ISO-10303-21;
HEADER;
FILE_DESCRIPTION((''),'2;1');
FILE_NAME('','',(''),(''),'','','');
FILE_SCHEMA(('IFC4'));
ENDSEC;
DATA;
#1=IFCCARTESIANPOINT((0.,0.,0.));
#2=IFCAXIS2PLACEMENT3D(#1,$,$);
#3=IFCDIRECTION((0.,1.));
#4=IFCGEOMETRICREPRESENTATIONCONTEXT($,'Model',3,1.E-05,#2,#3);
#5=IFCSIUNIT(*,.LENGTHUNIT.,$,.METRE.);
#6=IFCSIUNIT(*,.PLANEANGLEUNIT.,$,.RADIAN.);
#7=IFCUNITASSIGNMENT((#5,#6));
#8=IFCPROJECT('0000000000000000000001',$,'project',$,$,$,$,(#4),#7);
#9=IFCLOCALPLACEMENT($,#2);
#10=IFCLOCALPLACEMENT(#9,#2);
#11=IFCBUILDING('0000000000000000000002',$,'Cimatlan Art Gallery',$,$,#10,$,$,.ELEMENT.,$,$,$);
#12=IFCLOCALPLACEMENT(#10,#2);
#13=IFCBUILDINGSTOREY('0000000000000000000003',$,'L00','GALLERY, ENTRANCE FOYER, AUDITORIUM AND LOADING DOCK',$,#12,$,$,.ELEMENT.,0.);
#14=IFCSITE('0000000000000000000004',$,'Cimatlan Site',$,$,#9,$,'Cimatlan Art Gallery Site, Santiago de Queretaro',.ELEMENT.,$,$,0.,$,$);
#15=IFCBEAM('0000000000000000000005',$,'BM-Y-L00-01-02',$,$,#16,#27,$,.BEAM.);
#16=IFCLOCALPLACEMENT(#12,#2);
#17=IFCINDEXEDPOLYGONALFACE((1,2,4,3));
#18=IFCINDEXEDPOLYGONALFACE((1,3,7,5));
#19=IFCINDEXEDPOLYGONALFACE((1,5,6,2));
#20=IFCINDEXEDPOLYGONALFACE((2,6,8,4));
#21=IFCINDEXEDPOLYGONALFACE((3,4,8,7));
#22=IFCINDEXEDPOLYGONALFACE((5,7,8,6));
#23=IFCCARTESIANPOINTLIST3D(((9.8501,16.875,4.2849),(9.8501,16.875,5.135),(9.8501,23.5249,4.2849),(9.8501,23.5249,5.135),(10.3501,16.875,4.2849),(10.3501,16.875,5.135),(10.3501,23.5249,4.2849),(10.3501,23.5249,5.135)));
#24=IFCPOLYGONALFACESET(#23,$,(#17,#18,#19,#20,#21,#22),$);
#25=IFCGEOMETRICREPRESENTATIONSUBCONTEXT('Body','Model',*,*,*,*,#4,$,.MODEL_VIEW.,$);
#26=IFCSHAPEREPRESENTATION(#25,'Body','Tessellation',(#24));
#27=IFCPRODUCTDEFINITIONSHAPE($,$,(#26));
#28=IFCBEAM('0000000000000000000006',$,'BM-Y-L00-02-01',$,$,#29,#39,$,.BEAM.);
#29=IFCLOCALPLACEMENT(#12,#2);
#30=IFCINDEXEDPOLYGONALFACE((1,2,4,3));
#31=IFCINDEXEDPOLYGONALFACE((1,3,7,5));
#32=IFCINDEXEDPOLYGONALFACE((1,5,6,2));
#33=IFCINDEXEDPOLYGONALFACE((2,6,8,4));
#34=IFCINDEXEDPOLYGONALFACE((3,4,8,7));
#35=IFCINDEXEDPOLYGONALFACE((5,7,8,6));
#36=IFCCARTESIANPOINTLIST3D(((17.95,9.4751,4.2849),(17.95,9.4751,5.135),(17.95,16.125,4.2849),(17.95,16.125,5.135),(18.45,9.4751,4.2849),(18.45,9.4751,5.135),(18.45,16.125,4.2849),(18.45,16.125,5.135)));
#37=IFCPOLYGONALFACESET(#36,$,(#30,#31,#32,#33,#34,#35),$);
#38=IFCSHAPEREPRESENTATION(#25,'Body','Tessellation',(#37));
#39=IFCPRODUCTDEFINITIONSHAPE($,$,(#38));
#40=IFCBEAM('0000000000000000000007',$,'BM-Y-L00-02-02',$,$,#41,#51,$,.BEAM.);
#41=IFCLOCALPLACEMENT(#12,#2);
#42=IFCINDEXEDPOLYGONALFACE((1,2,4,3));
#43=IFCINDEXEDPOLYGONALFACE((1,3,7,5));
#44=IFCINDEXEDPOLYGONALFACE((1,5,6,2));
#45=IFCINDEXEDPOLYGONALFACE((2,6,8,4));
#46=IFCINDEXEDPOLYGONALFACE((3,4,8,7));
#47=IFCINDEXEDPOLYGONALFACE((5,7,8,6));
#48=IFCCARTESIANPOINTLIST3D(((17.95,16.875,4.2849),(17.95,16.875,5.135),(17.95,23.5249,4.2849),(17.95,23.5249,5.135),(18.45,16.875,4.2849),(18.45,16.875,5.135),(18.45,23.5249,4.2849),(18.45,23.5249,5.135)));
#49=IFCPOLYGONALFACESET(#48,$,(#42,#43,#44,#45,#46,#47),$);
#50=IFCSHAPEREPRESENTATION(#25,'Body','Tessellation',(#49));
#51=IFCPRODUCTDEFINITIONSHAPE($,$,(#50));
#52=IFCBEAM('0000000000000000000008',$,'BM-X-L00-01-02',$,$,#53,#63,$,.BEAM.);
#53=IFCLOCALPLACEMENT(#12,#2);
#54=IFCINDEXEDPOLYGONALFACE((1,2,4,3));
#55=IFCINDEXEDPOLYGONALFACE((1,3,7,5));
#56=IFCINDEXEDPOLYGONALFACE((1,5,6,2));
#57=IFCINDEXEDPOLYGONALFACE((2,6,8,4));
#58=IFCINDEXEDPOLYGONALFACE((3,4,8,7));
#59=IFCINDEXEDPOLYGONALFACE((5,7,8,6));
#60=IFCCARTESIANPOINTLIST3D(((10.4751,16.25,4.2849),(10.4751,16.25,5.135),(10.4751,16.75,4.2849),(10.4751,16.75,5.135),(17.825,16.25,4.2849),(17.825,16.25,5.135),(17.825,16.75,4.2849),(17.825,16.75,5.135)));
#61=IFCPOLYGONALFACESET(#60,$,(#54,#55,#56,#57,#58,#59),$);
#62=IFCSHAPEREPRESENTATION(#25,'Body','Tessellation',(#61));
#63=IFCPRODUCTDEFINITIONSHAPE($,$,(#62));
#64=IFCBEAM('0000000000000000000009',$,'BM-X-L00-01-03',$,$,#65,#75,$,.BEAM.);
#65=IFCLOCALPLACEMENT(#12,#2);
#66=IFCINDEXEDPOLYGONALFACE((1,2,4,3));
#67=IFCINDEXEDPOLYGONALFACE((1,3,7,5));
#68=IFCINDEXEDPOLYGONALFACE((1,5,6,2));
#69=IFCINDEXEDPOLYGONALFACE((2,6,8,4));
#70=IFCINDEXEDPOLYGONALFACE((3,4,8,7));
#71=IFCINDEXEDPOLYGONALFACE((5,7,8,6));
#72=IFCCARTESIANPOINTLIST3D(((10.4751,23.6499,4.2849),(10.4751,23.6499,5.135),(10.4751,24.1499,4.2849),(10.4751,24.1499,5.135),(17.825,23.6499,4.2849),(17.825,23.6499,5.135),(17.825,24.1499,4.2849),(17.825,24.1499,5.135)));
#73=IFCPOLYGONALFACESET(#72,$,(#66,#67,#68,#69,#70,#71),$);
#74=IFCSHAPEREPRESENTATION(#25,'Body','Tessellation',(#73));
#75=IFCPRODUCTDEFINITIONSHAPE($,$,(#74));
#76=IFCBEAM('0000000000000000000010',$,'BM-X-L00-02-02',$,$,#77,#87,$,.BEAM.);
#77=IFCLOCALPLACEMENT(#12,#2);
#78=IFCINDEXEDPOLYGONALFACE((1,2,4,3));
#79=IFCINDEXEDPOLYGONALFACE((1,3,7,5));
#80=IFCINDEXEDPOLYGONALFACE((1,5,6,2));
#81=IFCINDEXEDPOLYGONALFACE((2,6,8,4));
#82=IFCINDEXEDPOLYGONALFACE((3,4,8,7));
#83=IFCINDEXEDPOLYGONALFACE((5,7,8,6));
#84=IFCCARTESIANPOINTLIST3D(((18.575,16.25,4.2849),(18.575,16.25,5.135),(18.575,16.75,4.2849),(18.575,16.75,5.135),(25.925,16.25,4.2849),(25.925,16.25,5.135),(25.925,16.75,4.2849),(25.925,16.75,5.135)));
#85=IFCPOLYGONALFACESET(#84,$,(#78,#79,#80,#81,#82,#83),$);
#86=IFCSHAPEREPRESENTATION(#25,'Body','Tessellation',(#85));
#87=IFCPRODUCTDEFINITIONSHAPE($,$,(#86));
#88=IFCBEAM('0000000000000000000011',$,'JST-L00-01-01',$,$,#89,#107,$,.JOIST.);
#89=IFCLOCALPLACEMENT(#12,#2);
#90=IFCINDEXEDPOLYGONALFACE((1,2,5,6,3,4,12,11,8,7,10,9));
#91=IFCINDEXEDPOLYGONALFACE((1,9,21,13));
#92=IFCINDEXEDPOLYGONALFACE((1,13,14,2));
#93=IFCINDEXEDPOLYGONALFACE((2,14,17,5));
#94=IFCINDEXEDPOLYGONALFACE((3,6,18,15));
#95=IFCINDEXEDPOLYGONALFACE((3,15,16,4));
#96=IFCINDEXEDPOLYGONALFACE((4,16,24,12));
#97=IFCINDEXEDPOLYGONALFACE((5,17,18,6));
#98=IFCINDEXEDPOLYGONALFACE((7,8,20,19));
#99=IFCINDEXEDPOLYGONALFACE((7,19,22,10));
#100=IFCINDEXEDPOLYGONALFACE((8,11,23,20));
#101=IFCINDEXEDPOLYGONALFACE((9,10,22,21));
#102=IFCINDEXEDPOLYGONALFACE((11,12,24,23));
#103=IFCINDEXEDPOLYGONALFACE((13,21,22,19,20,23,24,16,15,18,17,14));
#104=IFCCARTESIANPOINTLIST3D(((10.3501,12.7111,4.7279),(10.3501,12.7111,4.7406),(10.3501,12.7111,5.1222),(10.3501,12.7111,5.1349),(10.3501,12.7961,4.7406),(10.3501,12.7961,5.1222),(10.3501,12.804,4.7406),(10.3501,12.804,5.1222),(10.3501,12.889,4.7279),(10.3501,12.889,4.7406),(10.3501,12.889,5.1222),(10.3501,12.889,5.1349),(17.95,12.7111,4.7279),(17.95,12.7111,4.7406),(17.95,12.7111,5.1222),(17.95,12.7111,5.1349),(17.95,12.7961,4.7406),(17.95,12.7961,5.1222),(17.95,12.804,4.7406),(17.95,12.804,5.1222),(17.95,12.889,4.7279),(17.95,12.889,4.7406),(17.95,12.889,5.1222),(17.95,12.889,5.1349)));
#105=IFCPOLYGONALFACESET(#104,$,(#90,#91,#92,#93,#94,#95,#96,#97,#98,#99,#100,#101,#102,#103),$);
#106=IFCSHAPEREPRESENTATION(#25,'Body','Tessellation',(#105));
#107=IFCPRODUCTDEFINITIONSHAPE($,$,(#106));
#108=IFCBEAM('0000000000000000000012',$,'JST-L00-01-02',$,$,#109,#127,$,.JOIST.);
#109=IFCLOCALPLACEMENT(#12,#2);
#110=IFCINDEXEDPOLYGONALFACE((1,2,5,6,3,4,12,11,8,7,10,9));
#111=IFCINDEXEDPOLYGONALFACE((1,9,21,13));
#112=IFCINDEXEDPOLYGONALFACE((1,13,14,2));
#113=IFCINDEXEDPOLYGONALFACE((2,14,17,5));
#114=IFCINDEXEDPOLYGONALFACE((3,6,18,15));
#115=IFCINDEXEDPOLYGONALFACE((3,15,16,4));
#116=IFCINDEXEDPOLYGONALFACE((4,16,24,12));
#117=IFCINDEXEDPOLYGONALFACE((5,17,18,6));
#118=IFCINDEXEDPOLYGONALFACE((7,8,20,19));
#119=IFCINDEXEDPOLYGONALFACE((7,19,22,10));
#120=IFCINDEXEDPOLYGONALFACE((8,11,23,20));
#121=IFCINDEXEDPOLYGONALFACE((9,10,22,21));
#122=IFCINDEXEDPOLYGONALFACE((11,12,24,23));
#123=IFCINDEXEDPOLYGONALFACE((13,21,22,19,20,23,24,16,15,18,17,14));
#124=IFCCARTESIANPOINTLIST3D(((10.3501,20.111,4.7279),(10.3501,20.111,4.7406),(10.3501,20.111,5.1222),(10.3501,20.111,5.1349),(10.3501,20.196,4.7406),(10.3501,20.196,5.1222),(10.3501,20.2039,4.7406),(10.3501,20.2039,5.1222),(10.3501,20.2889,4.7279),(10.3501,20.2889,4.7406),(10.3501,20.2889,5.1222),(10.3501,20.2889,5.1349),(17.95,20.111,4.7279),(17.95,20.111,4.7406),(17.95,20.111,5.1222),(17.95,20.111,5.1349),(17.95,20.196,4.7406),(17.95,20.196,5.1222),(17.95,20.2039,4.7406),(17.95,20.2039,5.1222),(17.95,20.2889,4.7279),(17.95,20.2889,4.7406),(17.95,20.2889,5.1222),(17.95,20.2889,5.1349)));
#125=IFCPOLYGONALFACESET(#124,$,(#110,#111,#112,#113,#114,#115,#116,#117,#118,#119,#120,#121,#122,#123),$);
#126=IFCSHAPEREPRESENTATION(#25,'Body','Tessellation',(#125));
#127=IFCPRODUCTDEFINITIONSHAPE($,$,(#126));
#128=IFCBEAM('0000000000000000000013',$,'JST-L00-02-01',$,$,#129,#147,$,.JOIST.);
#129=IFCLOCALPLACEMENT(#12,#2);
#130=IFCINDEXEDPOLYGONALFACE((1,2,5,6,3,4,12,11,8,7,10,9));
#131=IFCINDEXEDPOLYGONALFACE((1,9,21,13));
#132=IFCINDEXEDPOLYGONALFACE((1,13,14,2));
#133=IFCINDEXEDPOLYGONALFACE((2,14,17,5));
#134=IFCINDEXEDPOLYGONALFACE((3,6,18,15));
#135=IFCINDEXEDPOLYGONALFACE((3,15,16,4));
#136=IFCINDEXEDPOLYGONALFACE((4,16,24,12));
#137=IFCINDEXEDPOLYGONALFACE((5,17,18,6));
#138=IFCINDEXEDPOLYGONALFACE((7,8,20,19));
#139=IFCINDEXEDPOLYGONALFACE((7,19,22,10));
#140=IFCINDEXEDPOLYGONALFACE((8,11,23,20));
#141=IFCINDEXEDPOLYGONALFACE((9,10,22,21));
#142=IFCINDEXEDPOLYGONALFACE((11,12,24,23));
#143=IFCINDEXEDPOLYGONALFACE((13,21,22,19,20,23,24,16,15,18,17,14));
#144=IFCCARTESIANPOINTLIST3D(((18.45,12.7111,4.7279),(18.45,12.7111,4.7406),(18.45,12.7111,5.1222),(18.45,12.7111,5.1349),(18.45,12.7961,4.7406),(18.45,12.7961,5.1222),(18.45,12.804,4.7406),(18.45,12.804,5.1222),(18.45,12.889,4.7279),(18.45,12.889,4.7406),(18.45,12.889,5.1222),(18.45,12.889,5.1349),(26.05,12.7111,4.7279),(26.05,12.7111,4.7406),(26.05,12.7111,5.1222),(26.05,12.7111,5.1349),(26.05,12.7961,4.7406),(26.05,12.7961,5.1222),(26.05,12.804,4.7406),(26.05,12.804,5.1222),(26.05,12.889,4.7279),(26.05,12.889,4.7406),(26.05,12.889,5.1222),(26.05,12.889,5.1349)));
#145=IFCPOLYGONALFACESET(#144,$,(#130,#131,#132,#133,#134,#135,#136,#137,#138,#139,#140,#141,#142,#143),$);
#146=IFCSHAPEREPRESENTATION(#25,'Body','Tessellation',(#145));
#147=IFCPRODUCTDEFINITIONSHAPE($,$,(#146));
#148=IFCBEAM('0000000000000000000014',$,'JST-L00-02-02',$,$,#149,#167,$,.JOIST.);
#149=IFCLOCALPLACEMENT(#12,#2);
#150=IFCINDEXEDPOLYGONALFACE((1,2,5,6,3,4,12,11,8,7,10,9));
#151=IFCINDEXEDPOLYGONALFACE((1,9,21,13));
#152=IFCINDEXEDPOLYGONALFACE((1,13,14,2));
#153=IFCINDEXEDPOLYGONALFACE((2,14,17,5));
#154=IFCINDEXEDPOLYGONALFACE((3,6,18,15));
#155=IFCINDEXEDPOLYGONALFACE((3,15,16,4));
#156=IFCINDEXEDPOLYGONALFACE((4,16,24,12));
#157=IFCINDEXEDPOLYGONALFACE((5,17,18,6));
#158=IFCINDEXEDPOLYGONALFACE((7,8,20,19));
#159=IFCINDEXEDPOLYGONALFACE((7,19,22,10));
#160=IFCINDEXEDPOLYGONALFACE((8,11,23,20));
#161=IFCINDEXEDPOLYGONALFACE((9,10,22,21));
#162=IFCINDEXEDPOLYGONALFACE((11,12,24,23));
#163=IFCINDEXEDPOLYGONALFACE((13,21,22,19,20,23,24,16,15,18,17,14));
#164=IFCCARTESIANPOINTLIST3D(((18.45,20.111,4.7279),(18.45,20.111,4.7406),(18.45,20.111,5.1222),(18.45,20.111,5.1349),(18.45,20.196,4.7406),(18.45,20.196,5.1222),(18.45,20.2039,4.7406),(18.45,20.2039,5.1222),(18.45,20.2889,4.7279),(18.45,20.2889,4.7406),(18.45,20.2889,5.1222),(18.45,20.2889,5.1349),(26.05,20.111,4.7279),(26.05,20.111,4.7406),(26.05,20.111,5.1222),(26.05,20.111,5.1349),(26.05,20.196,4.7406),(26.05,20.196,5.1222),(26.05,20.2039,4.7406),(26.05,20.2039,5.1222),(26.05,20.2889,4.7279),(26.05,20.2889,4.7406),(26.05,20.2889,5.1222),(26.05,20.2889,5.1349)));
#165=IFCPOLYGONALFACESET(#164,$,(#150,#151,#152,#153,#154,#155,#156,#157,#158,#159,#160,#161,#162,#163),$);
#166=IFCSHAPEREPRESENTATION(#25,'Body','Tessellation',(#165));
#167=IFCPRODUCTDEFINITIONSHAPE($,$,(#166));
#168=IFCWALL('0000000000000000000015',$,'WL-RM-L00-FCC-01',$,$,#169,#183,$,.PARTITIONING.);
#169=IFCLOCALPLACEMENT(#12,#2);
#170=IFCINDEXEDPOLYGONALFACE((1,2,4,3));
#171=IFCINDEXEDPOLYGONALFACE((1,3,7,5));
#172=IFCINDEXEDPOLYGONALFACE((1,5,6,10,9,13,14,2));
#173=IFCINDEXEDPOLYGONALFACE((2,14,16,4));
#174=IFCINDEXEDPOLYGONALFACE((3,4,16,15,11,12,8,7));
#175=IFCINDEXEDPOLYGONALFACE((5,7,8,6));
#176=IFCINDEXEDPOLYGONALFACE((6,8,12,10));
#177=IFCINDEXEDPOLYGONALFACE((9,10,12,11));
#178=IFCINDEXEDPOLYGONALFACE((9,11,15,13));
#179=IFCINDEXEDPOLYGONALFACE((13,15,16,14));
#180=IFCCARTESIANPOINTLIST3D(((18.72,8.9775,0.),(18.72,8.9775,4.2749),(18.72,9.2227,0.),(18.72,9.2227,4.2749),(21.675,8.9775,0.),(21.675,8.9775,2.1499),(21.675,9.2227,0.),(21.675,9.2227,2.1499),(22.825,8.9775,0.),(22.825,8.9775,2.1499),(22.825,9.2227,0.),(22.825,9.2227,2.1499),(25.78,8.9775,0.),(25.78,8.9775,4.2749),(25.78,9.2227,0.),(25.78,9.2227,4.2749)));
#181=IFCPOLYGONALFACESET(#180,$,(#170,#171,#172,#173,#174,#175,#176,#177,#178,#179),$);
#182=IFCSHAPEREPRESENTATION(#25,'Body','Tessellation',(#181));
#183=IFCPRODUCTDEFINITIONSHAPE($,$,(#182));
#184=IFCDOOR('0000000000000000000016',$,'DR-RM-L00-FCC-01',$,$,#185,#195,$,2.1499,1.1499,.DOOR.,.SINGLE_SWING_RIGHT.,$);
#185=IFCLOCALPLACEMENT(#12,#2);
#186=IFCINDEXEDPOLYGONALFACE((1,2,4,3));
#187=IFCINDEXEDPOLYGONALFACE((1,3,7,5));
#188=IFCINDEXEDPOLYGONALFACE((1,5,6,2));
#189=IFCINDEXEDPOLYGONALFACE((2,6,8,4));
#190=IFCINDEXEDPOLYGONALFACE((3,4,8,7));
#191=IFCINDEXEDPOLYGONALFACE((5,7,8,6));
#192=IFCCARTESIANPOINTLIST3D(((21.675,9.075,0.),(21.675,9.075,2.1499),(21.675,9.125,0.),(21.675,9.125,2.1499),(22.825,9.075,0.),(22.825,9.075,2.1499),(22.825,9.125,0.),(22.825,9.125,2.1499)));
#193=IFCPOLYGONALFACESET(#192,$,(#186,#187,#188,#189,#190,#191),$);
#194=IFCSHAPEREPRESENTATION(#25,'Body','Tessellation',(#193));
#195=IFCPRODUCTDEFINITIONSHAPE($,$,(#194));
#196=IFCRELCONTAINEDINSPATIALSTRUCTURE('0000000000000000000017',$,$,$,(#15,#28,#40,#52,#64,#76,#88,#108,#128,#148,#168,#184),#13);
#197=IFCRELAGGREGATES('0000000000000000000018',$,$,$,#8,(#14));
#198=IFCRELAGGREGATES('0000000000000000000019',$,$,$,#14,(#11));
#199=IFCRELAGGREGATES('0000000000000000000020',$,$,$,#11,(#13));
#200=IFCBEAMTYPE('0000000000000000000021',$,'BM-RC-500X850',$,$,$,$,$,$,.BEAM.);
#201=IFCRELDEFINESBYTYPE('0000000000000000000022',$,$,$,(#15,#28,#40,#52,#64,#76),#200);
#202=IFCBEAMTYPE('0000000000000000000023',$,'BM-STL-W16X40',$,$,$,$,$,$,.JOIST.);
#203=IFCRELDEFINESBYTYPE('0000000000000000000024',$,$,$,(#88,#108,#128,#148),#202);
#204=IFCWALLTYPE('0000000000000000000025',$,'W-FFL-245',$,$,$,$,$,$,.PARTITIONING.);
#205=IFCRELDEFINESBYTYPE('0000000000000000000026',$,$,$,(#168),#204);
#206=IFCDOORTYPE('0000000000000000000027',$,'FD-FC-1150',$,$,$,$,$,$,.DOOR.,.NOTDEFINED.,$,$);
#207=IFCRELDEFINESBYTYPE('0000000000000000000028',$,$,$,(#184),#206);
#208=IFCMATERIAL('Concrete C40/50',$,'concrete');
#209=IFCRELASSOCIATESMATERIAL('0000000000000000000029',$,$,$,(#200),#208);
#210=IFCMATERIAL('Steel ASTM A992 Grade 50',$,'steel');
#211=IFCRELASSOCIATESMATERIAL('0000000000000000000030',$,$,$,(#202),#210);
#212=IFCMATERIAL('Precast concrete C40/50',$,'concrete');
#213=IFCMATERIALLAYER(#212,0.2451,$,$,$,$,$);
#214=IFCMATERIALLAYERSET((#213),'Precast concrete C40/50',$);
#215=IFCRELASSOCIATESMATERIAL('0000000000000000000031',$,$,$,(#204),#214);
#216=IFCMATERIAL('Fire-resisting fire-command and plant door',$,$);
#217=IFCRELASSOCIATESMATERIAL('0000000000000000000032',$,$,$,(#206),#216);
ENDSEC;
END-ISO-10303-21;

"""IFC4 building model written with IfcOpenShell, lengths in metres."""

from ifc_helpers import new_model, si_unit, direction, frame, frame_2d, origin, origin_2d, place, context, subcontext, project, spatial, rectangle, i_section, extrude, material, layer, layer_set, material_profile, profile_set, type_object, element, fill, save


model = new_model("IFC4")

# Units and contexts
model_context = context("Model", 3, precision=1e-05, world=origin(), true_north=direction((0.0, 1.0)))
body_context = subcontext(model_context, "Body", "Model", "MODEL_VIEW")
ifc_project = project(units=[si_unit("LENGTHUNIT", "METRE"), si_unit("PLANEANGLEUNIT", "RADIAN")], contexts=[model_context])

# Site, building, storey
site_placement = place(None, origin())
site = spatial("IfcSite", under=ifc_project, at=site_placement, Name="Cimatlan Site", LongName="Cimatlan Art Gallery Site, Santiago de Queretaro", CompositionType="ELEMENT", RefElevation=0.0)
building_placement = place(site_placement, origin())
building = spatial("IfcBuilding", under=site, at=building_placement, Name="Cimatlan Art Gallery", CompositionType="ELEMENT")
storey_placement = place(building_placement, origin())
storey = spatial("IfcBuildingStorey", under=building, at=storey_placement, Name="L00", Description="GALLERY, ENTRANCE FOYER, AUDITORIUM AND LOADING DOCK", CompositionType="ELEMENT", Elevation=0.0)

# Shared definitions
ifc_material_1 = material(Name="Concrete C40/50", Category="concrete")

# Beams
ifc_material_profile_1 = material_profile(ifc_material_1, rectangle(XDim=0.5, YDim=0.8501, at=origin_2d()), Name="RC500X850")
ifc_profile_set_1 = profile_set([ifc_material_profile_1], Name="Concrete C40/50")
beam_type_1 = type_object("IfcBeamType", Name="BM-RC-500X850", PredefinedType="BEAM", material=ifc_profile_set_1)
for number, where, z_axis, x_axis, name in (
    (1, (10.1001, 16.875, 4.71), (0.0, 1.0, 0.0), (-1.0, 0.0, 0.0), "BM-Y-L00-01-02"),
    (2, (18.2, 9.4751, 4.71), (0.0, 1.0, 0.0), (-1.0, 0.0, 0.0), "BM-Y-L00-02-01"),
    (3, (18.2, 16.875, 4.71), (0.0, 1.0, 0.0), (-1.0, 0.0, 0.0), "BM-Y-L00-02-02"),
):
    element("IfcBeam", number, at=place(storey_placement, frame(where, z_axis=z_axis, x_axis=x_axis)), inside=storey, type_object=beam_type_1, Name=name, PredefinedType="BEAM", context=body_context, shape_type="SweptSolid", body=[
        extrude(rectangle(XDim=0.5, YDim=0.8501, at=origin_2d()), origin(), (0.0, 0.0, 1.0), 6.6499),
    ])
for number, where, z_axis, x_axis, name in (
    (4, (10.4751, 16.5, 4.71), (1.0, 0.0, 0.0), (0.0, 1.0, 0.0), "BM-X-L00-01-02"),
    (5, (10.4751, 23.8999, 4.71), (1.0, 0.0, 0.0), (0.0, 1.0, 0.0), "BM-X-L00-01-03"),
):
    element("IfcBeam", number, at=place(storey_placement, frame(where, z_axis=z_axis, x_axis=x_axis)), inside=storey, type_object=beam_type_1, Name=name, PredefinedType="BEAM", context=body_context, shape_type="SweptSolid", body=[
        extrude(rectangle(XDim=0.5, YDim=0.8501, at=origin_2d()), origin(), (0.0, 0.0, 1.0), 7.3499),
    ])
beam_placement = place(storey_placement, frame((18.575, 16.5, 4.71), z_axis=(1.0, 0.0, 0.0), x_axis=(0.0, 1.0, 0.0)))
element("IfcBeam", 6, at=beam_placement, inside=storey, type_object=beam_type_1, Name="BM-X-L00-02-02", PredefinedType="BEAM", context=body_context, shape_type="SweptSolid", body=[
    extrude(rectangle(XDim=0.5, YDim=0.8501, at=origin_2d()), origin(), (0.0, 0.0, 1.0), 7.3501),
])
ifc_material_2 = material(Name="Steel ASTM A992 Grade 50", Category="steel")
ifc_material_profile_2 = material_profile(ifc_material_2, i_section(OverallWidth=0.178, OverallDepth=0.407, WebThickness=0.0078, FlangeThickness=0.0127, at=origin_2d()), Name="W16X40")
ifc_profile_set_2 = profile_set([ifc_material_profile_2], Name="Steel ASTM A992 Grade 50")
beam_type_2 = type_object("IfcBeamType", Name="BM-STL-W16X40", PredefinedType="JOIST", material=ifc_profile_set_2)
for number, where, z_axis, x_axis, name in (
    (7, (10.3501, 12.8, 4.9314), (1.0, 0.0, 0.0), (0.0, 1.0, 0.0), "JST-L00-01-01"),
    (8, (10.3501, 20.2, 4.9314), (1.0, 0.0, 0.0), (0.0, 1.0, 0.0), "JST-L00-01-02"),
):
    element("IfcBeam", number, at=place(storey_placement, frame(where, z_axis=z_axis, x_axis=x_axis)), inside=storey, type_object=beam_type_2, Name=name, PredefinedType="JOIST", context=body_context, shape_type="SweptSolid", body=[
        extrude(i_section(OverallWidth=0.178, OverallDepth=0.407, WebThickness=0.0078, FlangeThickness=0.0127, at=origin_2d()), origin(), (0.0, 0.0, 1.0), 7.5999),
    ])
for number, where, z_axis, x_axis, name in (
    (9, (18.45, 12.8, 4.9314), (1.0, 0.0, 0.0), (0.0, 1.0, 0.0), "JST-L00-02-01"),
    (10, (18.45, 20.2, 4.9314), (1.0, 0.0, 0.0), (0.0, 1.0, 0.0), "JST-L00-02-02"),
):
    element("IfcBeam", number, at=place(storey_placement, frame(where, z_axis=z_axis, x_axis=x_axis)), inside=storey, type_object=beam_type_2, Name=name, PredefinedType="JOIST", context=body_context, shape_type="SweptSolid", body=[
        extrude(i_section(OverallWidth=0.178, OverallDepth=0.407, WebThickness=0.0078, FlangeThickness=0.0127, at=origin_2d()), origin(), (0.0, 0.0, 1.0), 7.6001),
    ])

# Wall, opening, door
ifc_material_3 = material(Name="Precast concrete C40/50", Category="concrete")
ifc_layer_1 = layer(ifc_material_3, 0.2451)
ifc_layer_set_1 = layer_set([ifc_layer_1], Name="Precast concrete C40/50")
wall_type_1 = type_object("IfcWallType", Name="W-FFL-245", PredefinedType="PARTITIONING", material=ifc_layer_set_1)
wall_1_placement = place(storey_placement, frame((18.72, 9.1001, 0.0), z_axis=(0.0, 0.0, 1.0), x_axis=(1.0, 0.0, 0.0)))
wall_1 = element("IfcWall", 11, at=wall_1_placement, inside=storey, type_object=wall_type_1, Name="WL-RM-L00-FCC-01", PredefinedType="PARTITIONING", context=body_context, shape_type="SweptSolid", body=[
    extrude(rectangle(XDim=7.0601, YDim=0.2451, at=frame_2d((3.53, 0.0))), origin(), (0.0, 0.0, 1.0), 4.2749),
])
opening_1_placement = place(wall_1_placement, frame((2.9551, 0.0, 0.0)))
opening_1 = element("IfcOpeningElement", 12, at=opening_1_placement, cuts=wall_1, PredefinedType="OPENING", context=body_context, shape_type="SweptSolid", body=[
    extrude(rectangle(XDim=1.1499, YDim=2.1499, at=frame_2d((0.575, 1.075))), frame((0.0, 0.1326, 0.0), z_axis=(0.0, -1.0, 0.0), x_axis=(1.0, 0.0, 0.0)), (0.0, 0.0, 1.0), 0.2651),
])
ifc_material_4 = material(Name="Fire-resisting fire-command and plant door")
door_type_1 = type_object("IfcDoorType", Name="FD-FC-1150", OperationType="NOTDEFINED", PredefinedType="DOOR", material=ifc_material_4)
door_1_placement = place(opening_1_placement, origin())
door_1 = element("IfcDoor", 13, at=door_1_placement, inside=storey, type_object=door_type_1, Name="DR-RM-L00-FCC-01", OperationType="SINGLE_SWING_RIGHT", OverallHeight=2.1499, OverallWidth=1.1499, PredefinedType="DOOR", context=body_context, shape_type="SweptSolid", body=[
    extrude(rectangle(XDim=1.1499, YDim=2.1499, at=frame_2d((0.575, 1.075))), frame((0.0, 0.0249, 0.0), z_axis=(0.0, -1.0, 0.0), x_axis=(1.0, 0.0, 0.0)), (0.0, 0.0, 1.0), 0.05),
])
fill(opening_1, door_1)

save(model, "model.ifc")
